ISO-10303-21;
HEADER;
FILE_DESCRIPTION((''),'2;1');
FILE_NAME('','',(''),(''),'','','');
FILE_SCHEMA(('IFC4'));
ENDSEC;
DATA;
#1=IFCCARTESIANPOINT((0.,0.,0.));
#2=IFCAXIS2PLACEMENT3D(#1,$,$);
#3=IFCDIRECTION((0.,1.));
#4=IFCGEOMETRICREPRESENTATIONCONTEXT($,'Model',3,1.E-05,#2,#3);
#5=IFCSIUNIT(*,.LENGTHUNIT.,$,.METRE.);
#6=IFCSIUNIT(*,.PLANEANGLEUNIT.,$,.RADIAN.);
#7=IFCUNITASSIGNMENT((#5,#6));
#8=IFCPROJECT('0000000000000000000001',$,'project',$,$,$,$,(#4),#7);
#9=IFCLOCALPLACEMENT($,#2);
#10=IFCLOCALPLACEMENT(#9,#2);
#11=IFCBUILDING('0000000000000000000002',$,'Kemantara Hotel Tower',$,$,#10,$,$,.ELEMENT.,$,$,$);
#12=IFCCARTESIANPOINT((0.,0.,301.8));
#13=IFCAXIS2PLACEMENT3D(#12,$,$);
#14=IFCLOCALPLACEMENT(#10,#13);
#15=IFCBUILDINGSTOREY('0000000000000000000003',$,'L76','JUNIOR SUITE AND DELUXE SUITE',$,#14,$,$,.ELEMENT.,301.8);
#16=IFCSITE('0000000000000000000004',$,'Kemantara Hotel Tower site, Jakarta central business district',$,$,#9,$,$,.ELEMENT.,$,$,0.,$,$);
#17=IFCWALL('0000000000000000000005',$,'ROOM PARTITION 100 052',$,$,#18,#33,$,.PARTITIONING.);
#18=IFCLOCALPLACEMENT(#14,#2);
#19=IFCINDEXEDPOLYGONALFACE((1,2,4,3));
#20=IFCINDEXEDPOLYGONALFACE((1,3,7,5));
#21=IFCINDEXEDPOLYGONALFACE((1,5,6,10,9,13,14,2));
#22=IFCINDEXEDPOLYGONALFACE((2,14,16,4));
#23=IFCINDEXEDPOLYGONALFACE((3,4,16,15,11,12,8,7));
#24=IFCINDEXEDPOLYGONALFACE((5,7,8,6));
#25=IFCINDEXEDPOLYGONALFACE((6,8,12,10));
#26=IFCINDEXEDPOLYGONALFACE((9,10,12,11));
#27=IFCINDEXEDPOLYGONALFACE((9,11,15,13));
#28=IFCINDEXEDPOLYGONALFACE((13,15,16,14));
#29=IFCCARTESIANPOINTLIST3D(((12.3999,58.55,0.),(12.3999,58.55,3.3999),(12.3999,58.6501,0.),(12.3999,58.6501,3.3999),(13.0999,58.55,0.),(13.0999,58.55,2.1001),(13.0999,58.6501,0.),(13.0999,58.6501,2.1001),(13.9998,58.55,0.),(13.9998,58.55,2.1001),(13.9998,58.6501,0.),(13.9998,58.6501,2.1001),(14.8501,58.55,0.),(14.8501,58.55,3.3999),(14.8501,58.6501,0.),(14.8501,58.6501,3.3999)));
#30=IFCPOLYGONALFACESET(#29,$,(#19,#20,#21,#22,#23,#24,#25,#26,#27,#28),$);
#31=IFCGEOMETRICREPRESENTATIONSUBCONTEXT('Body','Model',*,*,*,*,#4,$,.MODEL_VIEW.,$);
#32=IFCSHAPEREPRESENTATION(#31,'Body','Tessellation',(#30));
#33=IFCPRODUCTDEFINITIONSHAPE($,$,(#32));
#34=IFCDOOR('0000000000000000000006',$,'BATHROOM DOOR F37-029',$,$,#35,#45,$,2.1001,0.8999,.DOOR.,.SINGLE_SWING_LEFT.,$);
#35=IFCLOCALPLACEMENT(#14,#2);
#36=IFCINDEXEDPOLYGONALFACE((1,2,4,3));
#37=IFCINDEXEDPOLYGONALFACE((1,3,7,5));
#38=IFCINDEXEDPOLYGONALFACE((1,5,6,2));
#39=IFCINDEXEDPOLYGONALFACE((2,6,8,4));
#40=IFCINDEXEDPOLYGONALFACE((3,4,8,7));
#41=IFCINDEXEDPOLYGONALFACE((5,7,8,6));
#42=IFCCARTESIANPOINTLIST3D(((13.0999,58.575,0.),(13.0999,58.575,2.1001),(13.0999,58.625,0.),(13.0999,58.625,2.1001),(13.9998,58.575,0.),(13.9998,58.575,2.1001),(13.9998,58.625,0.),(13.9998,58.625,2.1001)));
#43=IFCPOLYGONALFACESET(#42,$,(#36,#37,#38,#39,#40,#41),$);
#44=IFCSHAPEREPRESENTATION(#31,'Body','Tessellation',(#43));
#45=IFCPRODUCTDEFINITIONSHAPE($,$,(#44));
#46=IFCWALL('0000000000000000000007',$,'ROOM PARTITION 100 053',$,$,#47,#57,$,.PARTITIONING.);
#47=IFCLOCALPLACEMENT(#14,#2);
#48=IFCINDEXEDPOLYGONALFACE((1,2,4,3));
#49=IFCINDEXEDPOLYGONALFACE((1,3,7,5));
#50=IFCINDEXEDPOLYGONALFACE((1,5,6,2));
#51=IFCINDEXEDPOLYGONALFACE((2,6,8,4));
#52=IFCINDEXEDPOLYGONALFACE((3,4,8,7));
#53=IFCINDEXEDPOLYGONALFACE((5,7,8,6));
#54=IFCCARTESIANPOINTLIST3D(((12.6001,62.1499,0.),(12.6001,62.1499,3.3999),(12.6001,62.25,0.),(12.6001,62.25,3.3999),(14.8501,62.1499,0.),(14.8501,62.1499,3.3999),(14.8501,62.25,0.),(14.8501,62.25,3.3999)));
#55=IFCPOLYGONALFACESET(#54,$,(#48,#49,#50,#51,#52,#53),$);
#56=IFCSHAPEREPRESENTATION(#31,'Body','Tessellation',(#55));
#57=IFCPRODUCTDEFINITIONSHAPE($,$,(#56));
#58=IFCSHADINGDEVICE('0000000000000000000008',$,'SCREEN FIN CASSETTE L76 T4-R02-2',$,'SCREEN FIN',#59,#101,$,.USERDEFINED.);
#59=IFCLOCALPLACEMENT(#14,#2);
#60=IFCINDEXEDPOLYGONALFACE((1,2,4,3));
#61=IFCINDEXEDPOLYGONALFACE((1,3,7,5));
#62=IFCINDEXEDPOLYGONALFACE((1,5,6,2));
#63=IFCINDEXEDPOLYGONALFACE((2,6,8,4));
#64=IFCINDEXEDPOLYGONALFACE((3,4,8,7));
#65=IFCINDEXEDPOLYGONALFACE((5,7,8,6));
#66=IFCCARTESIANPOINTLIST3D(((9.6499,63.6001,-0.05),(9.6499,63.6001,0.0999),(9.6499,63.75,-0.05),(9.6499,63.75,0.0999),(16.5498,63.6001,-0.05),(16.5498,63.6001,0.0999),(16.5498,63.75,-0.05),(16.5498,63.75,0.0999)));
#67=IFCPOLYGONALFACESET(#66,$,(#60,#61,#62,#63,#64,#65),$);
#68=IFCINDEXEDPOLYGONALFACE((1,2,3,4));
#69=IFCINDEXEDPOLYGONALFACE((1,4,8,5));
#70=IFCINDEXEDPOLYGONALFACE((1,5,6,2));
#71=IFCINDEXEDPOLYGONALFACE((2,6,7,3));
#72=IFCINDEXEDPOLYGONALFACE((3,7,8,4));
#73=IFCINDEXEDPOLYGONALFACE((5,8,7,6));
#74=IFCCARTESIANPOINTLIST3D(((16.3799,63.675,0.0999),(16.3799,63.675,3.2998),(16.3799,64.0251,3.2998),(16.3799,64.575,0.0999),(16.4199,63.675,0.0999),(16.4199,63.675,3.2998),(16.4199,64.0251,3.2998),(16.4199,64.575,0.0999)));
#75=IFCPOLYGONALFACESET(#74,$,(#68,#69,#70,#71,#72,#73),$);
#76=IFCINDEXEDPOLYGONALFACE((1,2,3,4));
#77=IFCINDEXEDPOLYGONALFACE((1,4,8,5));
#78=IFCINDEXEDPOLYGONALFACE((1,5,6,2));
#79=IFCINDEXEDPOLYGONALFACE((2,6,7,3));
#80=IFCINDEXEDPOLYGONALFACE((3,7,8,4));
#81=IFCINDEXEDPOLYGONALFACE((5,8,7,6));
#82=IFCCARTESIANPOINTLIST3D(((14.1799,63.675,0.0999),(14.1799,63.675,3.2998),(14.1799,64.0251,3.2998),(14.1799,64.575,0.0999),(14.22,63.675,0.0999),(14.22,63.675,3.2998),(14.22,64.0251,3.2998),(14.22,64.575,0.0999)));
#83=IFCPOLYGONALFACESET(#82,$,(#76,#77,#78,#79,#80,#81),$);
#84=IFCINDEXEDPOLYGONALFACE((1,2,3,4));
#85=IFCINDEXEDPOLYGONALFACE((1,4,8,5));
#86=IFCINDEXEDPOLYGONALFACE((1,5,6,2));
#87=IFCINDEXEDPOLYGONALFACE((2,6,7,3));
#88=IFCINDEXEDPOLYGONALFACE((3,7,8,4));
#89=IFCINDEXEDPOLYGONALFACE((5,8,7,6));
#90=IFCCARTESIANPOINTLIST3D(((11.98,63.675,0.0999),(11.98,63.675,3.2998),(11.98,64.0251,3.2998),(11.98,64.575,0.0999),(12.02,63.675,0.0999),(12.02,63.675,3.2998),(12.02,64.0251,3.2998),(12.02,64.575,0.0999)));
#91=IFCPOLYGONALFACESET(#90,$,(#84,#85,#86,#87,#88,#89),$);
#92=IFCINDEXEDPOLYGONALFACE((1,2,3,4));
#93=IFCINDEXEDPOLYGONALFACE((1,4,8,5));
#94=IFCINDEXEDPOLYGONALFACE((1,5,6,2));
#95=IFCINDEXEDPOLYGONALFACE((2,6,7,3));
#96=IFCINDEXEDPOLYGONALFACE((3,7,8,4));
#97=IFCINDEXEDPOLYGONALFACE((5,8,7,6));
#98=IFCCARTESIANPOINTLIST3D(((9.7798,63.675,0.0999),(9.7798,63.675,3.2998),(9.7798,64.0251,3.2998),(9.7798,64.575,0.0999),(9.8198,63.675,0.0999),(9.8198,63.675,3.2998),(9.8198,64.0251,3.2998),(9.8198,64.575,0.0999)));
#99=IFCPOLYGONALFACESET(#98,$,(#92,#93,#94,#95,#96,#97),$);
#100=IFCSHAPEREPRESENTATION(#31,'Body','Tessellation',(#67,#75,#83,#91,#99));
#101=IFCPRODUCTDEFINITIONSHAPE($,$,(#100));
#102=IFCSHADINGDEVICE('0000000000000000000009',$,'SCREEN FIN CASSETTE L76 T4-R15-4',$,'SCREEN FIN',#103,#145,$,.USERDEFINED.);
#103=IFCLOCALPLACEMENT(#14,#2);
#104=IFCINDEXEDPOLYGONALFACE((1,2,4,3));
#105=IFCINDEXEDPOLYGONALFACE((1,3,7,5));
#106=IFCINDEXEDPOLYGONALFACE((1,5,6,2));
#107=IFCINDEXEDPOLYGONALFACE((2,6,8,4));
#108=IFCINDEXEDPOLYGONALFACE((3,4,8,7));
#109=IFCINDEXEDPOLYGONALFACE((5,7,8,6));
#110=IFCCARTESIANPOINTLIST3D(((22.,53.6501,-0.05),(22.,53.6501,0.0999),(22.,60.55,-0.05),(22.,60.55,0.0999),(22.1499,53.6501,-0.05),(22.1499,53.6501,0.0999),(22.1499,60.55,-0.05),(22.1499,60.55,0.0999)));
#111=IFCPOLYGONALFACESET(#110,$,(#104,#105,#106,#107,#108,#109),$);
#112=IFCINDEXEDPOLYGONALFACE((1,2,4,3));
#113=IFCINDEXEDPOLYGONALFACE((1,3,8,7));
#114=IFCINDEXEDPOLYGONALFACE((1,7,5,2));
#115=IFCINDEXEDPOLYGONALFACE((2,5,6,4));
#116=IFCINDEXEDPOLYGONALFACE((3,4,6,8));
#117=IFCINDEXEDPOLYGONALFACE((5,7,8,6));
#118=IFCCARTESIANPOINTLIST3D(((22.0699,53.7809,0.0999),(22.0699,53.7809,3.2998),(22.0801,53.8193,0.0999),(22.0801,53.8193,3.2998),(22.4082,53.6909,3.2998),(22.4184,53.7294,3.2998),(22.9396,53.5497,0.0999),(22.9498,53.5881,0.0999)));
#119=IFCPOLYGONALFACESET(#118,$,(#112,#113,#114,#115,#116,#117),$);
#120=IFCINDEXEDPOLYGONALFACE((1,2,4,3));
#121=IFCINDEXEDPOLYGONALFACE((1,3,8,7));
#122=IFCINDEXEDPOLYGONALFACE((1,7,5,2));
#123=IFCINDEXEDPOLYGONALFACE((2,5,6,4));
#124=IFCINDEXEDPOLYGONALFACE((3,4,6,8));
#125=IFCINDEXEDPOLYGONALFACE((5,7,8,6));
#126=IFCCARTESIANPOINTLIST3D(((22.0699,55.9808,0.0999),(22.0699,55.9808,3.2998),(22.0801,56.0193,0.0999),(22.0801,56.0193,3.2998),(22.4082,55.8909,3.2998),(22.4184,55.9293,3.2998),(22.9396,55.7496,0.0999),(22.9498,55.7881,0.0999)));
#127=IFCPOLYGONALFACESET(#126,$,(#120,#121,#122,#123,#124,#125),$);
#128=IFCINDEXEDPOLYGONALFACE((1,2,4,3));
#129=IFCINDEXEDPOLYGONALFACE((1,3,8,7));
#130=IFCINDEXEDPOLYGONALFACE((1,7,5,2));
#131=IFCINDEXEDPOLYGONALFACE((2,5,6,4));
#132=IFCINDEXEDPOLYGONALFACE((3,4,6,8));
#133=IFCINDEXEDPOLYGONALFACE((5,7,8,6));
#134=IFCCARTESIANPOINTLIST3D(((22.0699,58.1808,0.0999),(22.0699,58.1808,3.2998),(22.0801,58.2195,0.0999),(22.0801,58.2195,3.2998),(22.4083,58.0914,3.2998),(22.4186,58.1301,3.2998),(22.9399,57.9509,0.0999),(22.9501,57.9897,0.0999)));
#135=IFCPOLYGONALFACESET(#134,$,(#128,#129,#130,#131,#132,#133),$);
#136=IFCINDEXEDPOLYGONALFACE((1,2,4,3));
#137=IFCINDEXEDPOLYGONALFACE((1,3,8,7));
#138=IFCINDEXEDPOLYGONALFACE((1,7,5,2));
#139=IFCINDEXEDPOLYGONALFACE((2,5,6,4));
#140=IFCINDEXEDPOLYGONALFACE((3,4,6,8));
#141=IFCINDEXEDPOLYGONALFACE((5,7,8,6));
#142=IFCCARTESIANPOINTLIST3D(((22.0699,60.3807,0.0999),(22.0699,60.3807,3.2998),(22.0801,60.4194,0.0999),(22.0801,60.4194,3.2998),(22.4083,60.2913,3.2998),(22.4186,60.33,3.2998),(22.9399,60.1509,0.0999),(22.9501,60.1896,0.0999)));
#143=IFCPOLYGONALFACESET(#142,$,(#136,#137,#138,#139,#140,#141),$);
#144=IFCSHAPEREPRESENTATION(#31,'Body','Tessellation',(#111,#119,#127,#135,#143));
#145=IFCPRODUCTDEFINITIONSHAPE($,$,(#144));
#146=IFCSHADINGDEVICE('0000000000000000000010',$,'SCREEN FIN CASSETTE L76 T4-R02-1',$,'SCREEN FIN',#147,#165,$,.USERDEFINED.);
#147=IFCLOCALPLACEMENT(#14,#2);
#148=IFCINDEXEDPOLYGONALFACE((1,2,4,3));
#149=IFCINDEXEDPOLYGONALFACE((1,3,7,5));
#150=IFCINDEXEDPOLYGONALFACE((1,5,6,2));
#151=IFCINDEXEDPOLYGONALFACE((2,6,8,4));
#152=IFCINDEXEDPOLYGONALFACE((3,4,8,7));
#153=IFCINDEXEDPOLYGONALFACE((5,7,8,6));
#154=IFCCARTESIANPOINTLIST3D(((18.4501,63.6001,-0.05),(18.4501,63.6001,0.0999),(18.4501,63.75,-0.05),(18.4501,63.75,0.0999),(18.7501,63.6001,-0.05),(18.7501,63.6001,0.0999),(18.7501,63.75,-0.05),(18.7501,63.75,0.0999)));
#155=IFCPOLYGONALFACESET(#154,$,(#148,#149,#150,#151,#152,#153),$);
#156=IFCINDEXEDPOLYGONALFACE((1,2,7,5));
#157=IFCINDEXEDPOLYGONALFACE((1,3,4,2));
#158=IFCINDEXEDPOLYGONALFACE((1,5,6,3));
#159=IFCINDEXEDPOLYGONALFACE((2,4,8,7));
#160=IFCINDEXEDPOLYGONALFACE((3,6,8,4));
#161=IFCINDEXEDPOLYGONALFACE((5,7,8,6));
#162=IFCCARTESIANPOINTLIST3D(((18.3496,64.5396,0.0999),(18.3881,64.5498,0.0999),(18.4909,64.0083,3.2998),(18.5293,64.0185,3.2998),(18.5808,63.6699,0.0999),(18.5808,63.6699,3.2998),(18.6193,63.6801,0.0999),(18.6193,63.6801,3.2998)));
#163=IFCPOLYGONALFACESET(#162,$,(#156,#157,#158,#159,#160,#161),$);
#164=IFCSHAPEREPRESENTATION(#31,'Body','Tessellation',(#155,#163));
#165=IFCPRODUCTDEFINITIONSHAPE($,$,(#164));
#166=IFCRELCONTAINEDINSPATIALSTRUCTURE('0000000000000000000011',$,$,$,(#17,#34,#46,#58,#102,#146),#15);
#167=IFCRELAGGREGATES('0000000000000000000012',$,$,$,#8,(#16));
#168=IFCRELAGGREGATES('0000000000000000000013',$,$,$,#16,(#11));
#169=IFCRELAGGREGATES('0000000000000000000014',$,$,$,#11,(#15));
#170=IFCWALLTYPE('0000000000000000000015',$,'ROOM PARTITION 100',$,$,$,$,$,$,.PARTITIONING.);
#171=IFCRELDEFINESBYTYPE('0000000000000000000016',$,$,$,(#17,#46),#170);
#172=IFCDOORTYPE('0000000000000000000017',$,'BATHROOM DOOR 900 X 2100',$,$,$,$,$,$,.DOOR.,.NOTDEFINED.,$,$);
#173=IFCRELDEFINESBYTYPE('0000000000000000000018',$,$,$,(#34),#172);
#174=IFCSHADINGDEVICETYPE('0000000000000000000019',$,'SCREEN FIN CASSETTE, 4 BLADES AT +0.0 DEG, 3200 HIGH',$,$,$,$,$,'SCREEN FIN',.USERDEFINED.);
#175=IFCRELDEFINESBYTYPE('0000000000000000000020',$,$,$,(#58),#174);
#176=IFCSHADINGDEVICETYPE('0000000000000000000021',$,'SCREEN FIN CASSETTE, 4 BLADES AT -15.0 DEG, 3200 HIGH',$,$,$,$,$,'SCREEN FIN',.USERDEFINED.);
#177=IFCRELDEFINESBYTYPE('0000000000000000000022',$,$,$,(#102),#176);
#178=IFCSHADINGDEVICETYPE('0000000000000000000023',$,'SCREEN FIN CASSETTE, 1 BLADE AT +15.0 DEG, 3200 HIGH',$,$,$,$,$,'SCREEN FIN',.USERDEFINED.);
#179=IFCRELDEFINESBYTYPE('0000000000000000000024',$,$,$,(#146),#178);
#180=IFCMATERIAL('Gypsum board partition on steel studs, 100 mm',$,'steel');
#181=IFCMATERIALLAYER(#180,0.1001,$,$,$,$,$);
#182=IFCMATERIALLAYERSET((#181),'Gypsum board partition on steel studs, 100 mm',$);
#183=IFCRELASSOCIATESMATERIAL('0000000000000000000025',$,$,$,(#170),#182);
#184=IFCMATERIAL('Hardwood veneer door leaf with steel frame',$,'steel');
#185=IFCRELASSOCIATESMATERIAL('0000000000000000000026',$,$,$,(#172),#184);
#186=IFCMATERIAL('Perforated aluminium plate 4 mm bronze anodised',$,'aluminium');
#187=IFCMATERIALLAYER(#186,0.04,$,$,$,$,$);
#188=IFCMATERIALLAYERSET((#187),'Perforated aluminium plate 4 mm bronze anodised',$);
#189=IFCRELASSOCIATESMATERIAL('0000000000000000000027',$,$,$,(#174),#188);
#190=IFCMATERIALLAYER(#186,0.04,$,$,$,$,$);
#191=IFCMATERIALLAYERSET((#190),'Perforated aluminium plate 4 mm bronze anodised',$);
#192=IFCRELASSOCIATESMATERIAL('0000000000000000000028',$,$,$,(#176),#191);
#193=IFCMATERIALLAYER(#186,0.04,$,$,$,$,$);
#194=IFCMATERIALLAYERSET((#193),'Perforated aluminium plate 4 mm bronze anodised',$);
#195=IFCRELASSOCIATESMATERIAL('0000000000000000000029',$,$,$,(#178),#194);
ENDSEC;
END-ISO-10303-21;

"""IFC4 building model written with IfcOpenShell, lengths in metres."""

from ifc_helpers import new_model, si_unit, direction, frame, frame_2d, origin, origin_2d, place, context, subcontext, project, spatial, polyline, rectangle, outline, extrude, source, transform, mapped, material, layer, layer_set, type_object, element, fill, save


model = new_model("IFC4")

# Units and contexts
model_context = context("Model", 3, precision=1e-05, world=origin(), true_north=direction((0.0, 1.0)))
body_context = subcontext(model_context, "Body", "Model", "MODEL_VIEW")
ifc_project = project(units=[si_unit("LENGTHUNIT", "METRE"), si_unit("PLANEANGLEUNIT", "RADIAN")], contexts=[model_context])

# Site, building, storey
site_placement = place(None, origin())
site = spatial("IfcSite", under=ifc_project, at=site_placement, Name="Kemantara Hotel Tower site, Jakarta central business district", CompositionType="ELEMENT", RefElevation=0.0)
building_placement = place(site_placement, origin())
building = spatial("IfcBuilding", under=site, at=building_placement, Name="Kemantara Hotel Tower", CompositionType="ELEMENT")
storey_placement = place(building_placement, frame((0.0, 0.0, 301.8)))
storey = spatial("IfcBuildingStorey", under=building, at=storey_placement, Name="L76", Description="JUNIOR SUITE AND DELUXE SUITE", CompositionType="ELEMENT", Elevation=301.8)

# Shared definitions
ifc_material_1 = material(Name="Gypsum board partition on steel studs, 100 mm", Category="steel")
ifc_layer_1 = layer(ifc_material_1, 0.1001)
ifc_layer_set_1 = layer_set([ifc_layer_1], Name="Gypsum board partition on steel studs, 100 mm")
wall_type_1 = type_object("IfcWallType", Name="ROOM PARTITION 100", PredefinedType="PARTITIONING", material=ifc_layer_set_1)

# Wall, opening, door
wall_1_placement = place(storey_placement, frame((12.3999, 58.6001, 0.0), z_axis=(0.0, 0.0, 1.0), x_axis=(1.0, 0.0, 0.0)))
wall_1 = element("IfcWall", 1, at=wall_1_placement, inside=storey, type_object=wall_type_1, Name="ROOM PARTITION 100 052", PredefinedType="PARTITIONING", context=body_context, shape_type="SweptSolid", body=[
    extrude(rectangle(XDim=2.4502, YDim=0.1001, at=frame_2d((1.2251, 0.0))), origin(), (0.0, 0.0, 1.0), 3.3999),
])
opening_placement = place(wall_1_placement, frame((0.7, 0.0, 0.0)))
opening = element("IfcOpeningElement", 2, at=opening_placement, cuts=wall_1, PredefinedType="OPENING", context=body_context, shape_type="SweptSolid", body=[
    extrude(rectangle(XDim=0.8999, YDim=2.1001, at=frame_2d((0.45, 1.05))), frame((0.0, 0.0601, 0.0), z_axis=(0.0, -1.0, 0.0), x_axis=(1.0, 0.0, 0.0)), (0.0, 0.0, 1.0), 0.1201),
])
ifc_material_2 = material(Name="Hardwood veneer door leaf with steel frame", Category="steel")
door_type = type_object("IfcDoorType", Name="BATHROOM DOOR 900 X 2100", OperationType="NOTDEFINED", PredefinedType="DOOR", material=ifc_material_2)
door_placement = place(opening_placement, origin())
door = element("IfcDoor", 3, at=door_placement, inside=storey, type_object=door_type, Name="BATHROOM DOOR F37-029", OperationType="SINGLE_SWING_LEFT", OverallHeight=2.1001, OverallWidth=0.8999, PredefinedType="DOOR", context=body_context, shape_type="SweptSolid", body=[
    extrude(rectangle(XDim=0.8999, YDim=2.1001, at=frame_2d((0.45, 1.05))), frame((0.0, 0.0249, 0.0), z_axis=(0.0, -1.0, 0.0), x_axis=(1.0, 0.0, 0.0)), (0.0, 0.0, 1.0), 0.05),
])
fill(opening, door)

# Wall
wall_2_placement = place(storey_placement, frame((12.6001, 62.2, 0.0), z_axis=(0.0, 0.0, 1.0), x_axis=(1.0, 0.0, 0.0)))
element("IfcWall", 4, at=wall_2_placement, inside=storey, type_object=wall_type_1, Name="ROOM PARTITION 100 053", PredefinedType="PARTITIONING", context=body_context, shape_type="SweptSolid", body=[
    extrude(rectangle(XDim=2.25, YDim=0.1001, at=frame_2d((1.125, 0.0))), origin(), (0.0, 0.0, 1.0), 3.3999),
])

# Shading devices
ifc_material_3 = material(Name="Perforated aluminium plate 4 mm bronze anodised", Category="aluminium")
ifc_layer_2 = layer(ifc_material_3, 0.04)
ifc_layer_set_2 = layer_set([ifc_layer_2], Name="Perforated aluminium plate 4 mm bronze anodised")
shading_device_type_1 = type_object("IfcShadingDeviceType", Name="SCREEN FIN CASSETTE, 4 BLADES AT +0.0 DEG, 3200 HIGH", ElementType="SCREEN FIN", PredefinedType="USERDEFINED", material=ifc_layer_set_2)
shared_shape_1 = source(origin(), body_context, "Body", "SweptSolid", [
    extrude(rectangle(XDim=6.8999, YDim=0.1499, at=origin_2d()), frame((3.3, -0.075, -0.1499), z_axis=(0.0, 0.0, 1.0), x_axis=(1.0, 0.0, 0.0)), (0.0, 0.0, 1.0), 0.1499),
    extrude(outline(polyline([(0.0, 0.0), (0.8999, 0.0), (0.3501, 3.2), (0.0, 3.2), (0.0, 0.0)])), frame((0.02, -0.075, 0.0), z_axis=(-1.0, 0.0, 0.0), x_axis=(0.0, -1.0, 0.0)), (0.0, 0.0, 1.0), 0.04),
    extrude(outline(polyline([(0.0, 0.0), (0.8999, 0.0), (0.3501, 3.2), (0.0, 3.2), (0.0, 0.0)])), frame((2.22, -0.075, 0.0), z_axis=(-1.0, 0.0, 0.0), x_axis=(0.0, -1.0, 0.0)), (0.0, 0.0, 1.0), 0.04),
    extrude(outline(polyline([(0.0, 0.0), (0.8999, 0.0), (0.3501, 3.2), (0.0, 3.2), (0.0, 0.0)])), frame((4.4199, -0.075, 0.0), z_axis=(-1.0, 0.0, 0.0), x_axis=(0.0, -1.0, 0.0)), (0.0, 0.0, 1.0), 0.04),
    extrude(outline(polyline([(0.0, 0.0), (0.8999, 0.0), (0.3501, 3.2), (0.0, 3.2), (0.0, 0.0)])), frame((6.6201, -0.075, 0.0), z_axis=(-1.0, 0.0, 0.0), x_axis=(0.0, -1.0, 0.0)), (0.0, 0.0, 1.0), 0.04),
])
shading_device_1_placement = place(storey_placement, frame((16.3999, 63.6001, 0.0999), z_axis=(0.0, 0.0, 1.0), x_axis=(-1.0, 0.0, 0.0)))
element("IfcShadingDevice", 5, at=shading_device_1_placement, inside=storey, type_object=shading_device_type_1, Name="SCREEN FIN CASSETTE L76 T4-R02-2", ObjectType="SCREEN FIN", PredefinedType="USERDEFINED", context=body_context, shape_type="MappedRepresentation", body=[
    mapped(shared_shape_1, transform((0.0, 0.0, 0.0))),
])
ifc_layer_3 = layer(ifc_material_3, 0.04)
ifc_layer_set_3 = layer_set([ifc_layer_3], Name="Perforated aluminium plate 4 mm bronze anodised")
shading_device_type_2 = type_object("IfcShadingDeviceType", Name="SCREEN FIN CASSETTE, 4 BLADES AT -15.0 DEG, 3200 HIGH", ElementType="SCREEN FIN", PredefinedType="USERDEFINED", material=ifc_layer_set_3)
shared_shape_2 = source(origin(), body_context, "Body", "SweptSolid", [
    extrude(rectangle(XDim=6.8999, YDim=0.1499, at=origin_2d()), frame((3.3, -0.075, -0.1499), z_axis=(0.0, 0.0, 1.0), x_axis=(1.0, 0.0, 0.0)), (0.0, 0.0, 1.0), 0.1499),
    extrude(outline(polyline([(0.0, 0.0), (0.8999, 0.0), (0.3501, 3.2), (0.0, 3.2), (0.0, 0.0)])), frame((0.0193, -0.0801, 0.0), z_axis=(-0.966438, 0.256901, 0.0), x_axis=(-0.256901, -0.966438, 0.0)), (0.0, 0.0, 1.0), 0.0398),
    extrude(outline(polyline([(0.0, 0.0), (0.8999, 0.0), (0.3501, 3.2), (0.0, 3.2), (0.0, 0.0)])), frame((2.2192, -0.0801, 0.0), z_axis=(-0.966438, 0.256901, 0.0), x_axis=(-0.256901, -0.966438, 0.0)), (0.0, 0.0, 1.0), 0.0398),
    extrude(outline(polyline([(0.0, 0.0), (0.8999, 0.0), (0.3501, 3.2), (0.0, 3.2), (0.0, 0.0)])), frame((4.4194, -0.0801, 0.0), z_axis=(-0.966838, 0.255391, 0.0), x_axis=(-0.255391, -0.966838, 0.0)), (0.0, 0.0, 1.0), 0.04),
    extrude(outline(polyline([(0.0, 0.0), (0.8999, 0.0), (0.3501, 3.2), (0.0, 3.2), (0.0, 0.0)])), frame((6.6194, -0.0801, 0.0), z_axis=(-0.966838, 0.255391, 0.0), x_axis=(-0.255391, -0.966838, 0.0)), (0.0, 0.0, 1.0), 0.04),
])
shading_device_2_placement = place(storey_placement, frame((22.0, 53.8, 0.0999), z_axis=(0.0, 0.0, 1.0), x_axis=(0.0, 1.0, 0.0)))
element("IfcShadingDevice", 6, at=shading_device_2_placement, inside=storey, type_object=shading_device_type_2, Name="SCREEN FIN CASSETTE L76 T4-R15-4", ObjectType="SCREEN FIN", PredefinedType="USERDEFINED", context=body_context, shape_type="MappedRepresentation", body=[
    mapped(shared_shape_2, transform((0.0, 0.0, 0.0))),
])
ifc_layer_4 = layer(ifc_material_3, 0.04)
ifc_layer_set_4 = layer_set([ifc_layer_4], Name="Perforated aluminium plate 4 mm bronze anodised")
shading_device_type_3 = type_object("IfcShadingDeviceType", Name="SCREEN FIN CASSETTE, 1 BLADE AT +15.0 DEG, 3200 HIGH", ElementType="SCREEN FIN", PredefinedType="USERDEFINED", material=ifc_layer_set_4)
shared_shape_3 = source(origin(), body_context, "Body", "SweptSolid", [
    extrude(rectangle(XDim=0.3, YDim=0.1499, at=origin_2d()), frame((0.0, -0.075, -0.1499), z_axis=(0.0, 0.0, 1.0), x_axis=(1.0, 0.0, 0.0)), (0.0, 0.0, 1.0), 0.1499),
    extrude(outline(polyline([(0.0, 0.0), (0.8999, 0.0), (0.3501, 3.2), (0.0, 3.2), (0.0, 0.0)])), frame((0.0193, -0.0698, 0.0), z_axis=(-0.966438, -0.256901, 0.0), x_axis=(0.256901, -0.966438, 0.0)), (0.0, 0.0, 1.0), 0.0398),
])
shading_device_3_placement = place(storey_placement, frame((18.6001, 63.6001, 0.0999), z_axis=(0.0, 0.0, 1.0), x_axis=(-1.0, 0.0, 0.0)))
element("IfcShadingDevice", 7, at=shading_device_3_placement, inside=storey, type_object=shading_device_type_3, Name="SCREEN FIN CASSETTE L76 T4-R02-1", ObjectType="SCREEN FIN", PredefinedType="USERDEFINED", context=body_context, shape_type="MappedRepresentation", body=[
    mapped(shared_shape_3, transform((0.0, 0.0, 0.0))),
])

save(model, "model.ifc")
